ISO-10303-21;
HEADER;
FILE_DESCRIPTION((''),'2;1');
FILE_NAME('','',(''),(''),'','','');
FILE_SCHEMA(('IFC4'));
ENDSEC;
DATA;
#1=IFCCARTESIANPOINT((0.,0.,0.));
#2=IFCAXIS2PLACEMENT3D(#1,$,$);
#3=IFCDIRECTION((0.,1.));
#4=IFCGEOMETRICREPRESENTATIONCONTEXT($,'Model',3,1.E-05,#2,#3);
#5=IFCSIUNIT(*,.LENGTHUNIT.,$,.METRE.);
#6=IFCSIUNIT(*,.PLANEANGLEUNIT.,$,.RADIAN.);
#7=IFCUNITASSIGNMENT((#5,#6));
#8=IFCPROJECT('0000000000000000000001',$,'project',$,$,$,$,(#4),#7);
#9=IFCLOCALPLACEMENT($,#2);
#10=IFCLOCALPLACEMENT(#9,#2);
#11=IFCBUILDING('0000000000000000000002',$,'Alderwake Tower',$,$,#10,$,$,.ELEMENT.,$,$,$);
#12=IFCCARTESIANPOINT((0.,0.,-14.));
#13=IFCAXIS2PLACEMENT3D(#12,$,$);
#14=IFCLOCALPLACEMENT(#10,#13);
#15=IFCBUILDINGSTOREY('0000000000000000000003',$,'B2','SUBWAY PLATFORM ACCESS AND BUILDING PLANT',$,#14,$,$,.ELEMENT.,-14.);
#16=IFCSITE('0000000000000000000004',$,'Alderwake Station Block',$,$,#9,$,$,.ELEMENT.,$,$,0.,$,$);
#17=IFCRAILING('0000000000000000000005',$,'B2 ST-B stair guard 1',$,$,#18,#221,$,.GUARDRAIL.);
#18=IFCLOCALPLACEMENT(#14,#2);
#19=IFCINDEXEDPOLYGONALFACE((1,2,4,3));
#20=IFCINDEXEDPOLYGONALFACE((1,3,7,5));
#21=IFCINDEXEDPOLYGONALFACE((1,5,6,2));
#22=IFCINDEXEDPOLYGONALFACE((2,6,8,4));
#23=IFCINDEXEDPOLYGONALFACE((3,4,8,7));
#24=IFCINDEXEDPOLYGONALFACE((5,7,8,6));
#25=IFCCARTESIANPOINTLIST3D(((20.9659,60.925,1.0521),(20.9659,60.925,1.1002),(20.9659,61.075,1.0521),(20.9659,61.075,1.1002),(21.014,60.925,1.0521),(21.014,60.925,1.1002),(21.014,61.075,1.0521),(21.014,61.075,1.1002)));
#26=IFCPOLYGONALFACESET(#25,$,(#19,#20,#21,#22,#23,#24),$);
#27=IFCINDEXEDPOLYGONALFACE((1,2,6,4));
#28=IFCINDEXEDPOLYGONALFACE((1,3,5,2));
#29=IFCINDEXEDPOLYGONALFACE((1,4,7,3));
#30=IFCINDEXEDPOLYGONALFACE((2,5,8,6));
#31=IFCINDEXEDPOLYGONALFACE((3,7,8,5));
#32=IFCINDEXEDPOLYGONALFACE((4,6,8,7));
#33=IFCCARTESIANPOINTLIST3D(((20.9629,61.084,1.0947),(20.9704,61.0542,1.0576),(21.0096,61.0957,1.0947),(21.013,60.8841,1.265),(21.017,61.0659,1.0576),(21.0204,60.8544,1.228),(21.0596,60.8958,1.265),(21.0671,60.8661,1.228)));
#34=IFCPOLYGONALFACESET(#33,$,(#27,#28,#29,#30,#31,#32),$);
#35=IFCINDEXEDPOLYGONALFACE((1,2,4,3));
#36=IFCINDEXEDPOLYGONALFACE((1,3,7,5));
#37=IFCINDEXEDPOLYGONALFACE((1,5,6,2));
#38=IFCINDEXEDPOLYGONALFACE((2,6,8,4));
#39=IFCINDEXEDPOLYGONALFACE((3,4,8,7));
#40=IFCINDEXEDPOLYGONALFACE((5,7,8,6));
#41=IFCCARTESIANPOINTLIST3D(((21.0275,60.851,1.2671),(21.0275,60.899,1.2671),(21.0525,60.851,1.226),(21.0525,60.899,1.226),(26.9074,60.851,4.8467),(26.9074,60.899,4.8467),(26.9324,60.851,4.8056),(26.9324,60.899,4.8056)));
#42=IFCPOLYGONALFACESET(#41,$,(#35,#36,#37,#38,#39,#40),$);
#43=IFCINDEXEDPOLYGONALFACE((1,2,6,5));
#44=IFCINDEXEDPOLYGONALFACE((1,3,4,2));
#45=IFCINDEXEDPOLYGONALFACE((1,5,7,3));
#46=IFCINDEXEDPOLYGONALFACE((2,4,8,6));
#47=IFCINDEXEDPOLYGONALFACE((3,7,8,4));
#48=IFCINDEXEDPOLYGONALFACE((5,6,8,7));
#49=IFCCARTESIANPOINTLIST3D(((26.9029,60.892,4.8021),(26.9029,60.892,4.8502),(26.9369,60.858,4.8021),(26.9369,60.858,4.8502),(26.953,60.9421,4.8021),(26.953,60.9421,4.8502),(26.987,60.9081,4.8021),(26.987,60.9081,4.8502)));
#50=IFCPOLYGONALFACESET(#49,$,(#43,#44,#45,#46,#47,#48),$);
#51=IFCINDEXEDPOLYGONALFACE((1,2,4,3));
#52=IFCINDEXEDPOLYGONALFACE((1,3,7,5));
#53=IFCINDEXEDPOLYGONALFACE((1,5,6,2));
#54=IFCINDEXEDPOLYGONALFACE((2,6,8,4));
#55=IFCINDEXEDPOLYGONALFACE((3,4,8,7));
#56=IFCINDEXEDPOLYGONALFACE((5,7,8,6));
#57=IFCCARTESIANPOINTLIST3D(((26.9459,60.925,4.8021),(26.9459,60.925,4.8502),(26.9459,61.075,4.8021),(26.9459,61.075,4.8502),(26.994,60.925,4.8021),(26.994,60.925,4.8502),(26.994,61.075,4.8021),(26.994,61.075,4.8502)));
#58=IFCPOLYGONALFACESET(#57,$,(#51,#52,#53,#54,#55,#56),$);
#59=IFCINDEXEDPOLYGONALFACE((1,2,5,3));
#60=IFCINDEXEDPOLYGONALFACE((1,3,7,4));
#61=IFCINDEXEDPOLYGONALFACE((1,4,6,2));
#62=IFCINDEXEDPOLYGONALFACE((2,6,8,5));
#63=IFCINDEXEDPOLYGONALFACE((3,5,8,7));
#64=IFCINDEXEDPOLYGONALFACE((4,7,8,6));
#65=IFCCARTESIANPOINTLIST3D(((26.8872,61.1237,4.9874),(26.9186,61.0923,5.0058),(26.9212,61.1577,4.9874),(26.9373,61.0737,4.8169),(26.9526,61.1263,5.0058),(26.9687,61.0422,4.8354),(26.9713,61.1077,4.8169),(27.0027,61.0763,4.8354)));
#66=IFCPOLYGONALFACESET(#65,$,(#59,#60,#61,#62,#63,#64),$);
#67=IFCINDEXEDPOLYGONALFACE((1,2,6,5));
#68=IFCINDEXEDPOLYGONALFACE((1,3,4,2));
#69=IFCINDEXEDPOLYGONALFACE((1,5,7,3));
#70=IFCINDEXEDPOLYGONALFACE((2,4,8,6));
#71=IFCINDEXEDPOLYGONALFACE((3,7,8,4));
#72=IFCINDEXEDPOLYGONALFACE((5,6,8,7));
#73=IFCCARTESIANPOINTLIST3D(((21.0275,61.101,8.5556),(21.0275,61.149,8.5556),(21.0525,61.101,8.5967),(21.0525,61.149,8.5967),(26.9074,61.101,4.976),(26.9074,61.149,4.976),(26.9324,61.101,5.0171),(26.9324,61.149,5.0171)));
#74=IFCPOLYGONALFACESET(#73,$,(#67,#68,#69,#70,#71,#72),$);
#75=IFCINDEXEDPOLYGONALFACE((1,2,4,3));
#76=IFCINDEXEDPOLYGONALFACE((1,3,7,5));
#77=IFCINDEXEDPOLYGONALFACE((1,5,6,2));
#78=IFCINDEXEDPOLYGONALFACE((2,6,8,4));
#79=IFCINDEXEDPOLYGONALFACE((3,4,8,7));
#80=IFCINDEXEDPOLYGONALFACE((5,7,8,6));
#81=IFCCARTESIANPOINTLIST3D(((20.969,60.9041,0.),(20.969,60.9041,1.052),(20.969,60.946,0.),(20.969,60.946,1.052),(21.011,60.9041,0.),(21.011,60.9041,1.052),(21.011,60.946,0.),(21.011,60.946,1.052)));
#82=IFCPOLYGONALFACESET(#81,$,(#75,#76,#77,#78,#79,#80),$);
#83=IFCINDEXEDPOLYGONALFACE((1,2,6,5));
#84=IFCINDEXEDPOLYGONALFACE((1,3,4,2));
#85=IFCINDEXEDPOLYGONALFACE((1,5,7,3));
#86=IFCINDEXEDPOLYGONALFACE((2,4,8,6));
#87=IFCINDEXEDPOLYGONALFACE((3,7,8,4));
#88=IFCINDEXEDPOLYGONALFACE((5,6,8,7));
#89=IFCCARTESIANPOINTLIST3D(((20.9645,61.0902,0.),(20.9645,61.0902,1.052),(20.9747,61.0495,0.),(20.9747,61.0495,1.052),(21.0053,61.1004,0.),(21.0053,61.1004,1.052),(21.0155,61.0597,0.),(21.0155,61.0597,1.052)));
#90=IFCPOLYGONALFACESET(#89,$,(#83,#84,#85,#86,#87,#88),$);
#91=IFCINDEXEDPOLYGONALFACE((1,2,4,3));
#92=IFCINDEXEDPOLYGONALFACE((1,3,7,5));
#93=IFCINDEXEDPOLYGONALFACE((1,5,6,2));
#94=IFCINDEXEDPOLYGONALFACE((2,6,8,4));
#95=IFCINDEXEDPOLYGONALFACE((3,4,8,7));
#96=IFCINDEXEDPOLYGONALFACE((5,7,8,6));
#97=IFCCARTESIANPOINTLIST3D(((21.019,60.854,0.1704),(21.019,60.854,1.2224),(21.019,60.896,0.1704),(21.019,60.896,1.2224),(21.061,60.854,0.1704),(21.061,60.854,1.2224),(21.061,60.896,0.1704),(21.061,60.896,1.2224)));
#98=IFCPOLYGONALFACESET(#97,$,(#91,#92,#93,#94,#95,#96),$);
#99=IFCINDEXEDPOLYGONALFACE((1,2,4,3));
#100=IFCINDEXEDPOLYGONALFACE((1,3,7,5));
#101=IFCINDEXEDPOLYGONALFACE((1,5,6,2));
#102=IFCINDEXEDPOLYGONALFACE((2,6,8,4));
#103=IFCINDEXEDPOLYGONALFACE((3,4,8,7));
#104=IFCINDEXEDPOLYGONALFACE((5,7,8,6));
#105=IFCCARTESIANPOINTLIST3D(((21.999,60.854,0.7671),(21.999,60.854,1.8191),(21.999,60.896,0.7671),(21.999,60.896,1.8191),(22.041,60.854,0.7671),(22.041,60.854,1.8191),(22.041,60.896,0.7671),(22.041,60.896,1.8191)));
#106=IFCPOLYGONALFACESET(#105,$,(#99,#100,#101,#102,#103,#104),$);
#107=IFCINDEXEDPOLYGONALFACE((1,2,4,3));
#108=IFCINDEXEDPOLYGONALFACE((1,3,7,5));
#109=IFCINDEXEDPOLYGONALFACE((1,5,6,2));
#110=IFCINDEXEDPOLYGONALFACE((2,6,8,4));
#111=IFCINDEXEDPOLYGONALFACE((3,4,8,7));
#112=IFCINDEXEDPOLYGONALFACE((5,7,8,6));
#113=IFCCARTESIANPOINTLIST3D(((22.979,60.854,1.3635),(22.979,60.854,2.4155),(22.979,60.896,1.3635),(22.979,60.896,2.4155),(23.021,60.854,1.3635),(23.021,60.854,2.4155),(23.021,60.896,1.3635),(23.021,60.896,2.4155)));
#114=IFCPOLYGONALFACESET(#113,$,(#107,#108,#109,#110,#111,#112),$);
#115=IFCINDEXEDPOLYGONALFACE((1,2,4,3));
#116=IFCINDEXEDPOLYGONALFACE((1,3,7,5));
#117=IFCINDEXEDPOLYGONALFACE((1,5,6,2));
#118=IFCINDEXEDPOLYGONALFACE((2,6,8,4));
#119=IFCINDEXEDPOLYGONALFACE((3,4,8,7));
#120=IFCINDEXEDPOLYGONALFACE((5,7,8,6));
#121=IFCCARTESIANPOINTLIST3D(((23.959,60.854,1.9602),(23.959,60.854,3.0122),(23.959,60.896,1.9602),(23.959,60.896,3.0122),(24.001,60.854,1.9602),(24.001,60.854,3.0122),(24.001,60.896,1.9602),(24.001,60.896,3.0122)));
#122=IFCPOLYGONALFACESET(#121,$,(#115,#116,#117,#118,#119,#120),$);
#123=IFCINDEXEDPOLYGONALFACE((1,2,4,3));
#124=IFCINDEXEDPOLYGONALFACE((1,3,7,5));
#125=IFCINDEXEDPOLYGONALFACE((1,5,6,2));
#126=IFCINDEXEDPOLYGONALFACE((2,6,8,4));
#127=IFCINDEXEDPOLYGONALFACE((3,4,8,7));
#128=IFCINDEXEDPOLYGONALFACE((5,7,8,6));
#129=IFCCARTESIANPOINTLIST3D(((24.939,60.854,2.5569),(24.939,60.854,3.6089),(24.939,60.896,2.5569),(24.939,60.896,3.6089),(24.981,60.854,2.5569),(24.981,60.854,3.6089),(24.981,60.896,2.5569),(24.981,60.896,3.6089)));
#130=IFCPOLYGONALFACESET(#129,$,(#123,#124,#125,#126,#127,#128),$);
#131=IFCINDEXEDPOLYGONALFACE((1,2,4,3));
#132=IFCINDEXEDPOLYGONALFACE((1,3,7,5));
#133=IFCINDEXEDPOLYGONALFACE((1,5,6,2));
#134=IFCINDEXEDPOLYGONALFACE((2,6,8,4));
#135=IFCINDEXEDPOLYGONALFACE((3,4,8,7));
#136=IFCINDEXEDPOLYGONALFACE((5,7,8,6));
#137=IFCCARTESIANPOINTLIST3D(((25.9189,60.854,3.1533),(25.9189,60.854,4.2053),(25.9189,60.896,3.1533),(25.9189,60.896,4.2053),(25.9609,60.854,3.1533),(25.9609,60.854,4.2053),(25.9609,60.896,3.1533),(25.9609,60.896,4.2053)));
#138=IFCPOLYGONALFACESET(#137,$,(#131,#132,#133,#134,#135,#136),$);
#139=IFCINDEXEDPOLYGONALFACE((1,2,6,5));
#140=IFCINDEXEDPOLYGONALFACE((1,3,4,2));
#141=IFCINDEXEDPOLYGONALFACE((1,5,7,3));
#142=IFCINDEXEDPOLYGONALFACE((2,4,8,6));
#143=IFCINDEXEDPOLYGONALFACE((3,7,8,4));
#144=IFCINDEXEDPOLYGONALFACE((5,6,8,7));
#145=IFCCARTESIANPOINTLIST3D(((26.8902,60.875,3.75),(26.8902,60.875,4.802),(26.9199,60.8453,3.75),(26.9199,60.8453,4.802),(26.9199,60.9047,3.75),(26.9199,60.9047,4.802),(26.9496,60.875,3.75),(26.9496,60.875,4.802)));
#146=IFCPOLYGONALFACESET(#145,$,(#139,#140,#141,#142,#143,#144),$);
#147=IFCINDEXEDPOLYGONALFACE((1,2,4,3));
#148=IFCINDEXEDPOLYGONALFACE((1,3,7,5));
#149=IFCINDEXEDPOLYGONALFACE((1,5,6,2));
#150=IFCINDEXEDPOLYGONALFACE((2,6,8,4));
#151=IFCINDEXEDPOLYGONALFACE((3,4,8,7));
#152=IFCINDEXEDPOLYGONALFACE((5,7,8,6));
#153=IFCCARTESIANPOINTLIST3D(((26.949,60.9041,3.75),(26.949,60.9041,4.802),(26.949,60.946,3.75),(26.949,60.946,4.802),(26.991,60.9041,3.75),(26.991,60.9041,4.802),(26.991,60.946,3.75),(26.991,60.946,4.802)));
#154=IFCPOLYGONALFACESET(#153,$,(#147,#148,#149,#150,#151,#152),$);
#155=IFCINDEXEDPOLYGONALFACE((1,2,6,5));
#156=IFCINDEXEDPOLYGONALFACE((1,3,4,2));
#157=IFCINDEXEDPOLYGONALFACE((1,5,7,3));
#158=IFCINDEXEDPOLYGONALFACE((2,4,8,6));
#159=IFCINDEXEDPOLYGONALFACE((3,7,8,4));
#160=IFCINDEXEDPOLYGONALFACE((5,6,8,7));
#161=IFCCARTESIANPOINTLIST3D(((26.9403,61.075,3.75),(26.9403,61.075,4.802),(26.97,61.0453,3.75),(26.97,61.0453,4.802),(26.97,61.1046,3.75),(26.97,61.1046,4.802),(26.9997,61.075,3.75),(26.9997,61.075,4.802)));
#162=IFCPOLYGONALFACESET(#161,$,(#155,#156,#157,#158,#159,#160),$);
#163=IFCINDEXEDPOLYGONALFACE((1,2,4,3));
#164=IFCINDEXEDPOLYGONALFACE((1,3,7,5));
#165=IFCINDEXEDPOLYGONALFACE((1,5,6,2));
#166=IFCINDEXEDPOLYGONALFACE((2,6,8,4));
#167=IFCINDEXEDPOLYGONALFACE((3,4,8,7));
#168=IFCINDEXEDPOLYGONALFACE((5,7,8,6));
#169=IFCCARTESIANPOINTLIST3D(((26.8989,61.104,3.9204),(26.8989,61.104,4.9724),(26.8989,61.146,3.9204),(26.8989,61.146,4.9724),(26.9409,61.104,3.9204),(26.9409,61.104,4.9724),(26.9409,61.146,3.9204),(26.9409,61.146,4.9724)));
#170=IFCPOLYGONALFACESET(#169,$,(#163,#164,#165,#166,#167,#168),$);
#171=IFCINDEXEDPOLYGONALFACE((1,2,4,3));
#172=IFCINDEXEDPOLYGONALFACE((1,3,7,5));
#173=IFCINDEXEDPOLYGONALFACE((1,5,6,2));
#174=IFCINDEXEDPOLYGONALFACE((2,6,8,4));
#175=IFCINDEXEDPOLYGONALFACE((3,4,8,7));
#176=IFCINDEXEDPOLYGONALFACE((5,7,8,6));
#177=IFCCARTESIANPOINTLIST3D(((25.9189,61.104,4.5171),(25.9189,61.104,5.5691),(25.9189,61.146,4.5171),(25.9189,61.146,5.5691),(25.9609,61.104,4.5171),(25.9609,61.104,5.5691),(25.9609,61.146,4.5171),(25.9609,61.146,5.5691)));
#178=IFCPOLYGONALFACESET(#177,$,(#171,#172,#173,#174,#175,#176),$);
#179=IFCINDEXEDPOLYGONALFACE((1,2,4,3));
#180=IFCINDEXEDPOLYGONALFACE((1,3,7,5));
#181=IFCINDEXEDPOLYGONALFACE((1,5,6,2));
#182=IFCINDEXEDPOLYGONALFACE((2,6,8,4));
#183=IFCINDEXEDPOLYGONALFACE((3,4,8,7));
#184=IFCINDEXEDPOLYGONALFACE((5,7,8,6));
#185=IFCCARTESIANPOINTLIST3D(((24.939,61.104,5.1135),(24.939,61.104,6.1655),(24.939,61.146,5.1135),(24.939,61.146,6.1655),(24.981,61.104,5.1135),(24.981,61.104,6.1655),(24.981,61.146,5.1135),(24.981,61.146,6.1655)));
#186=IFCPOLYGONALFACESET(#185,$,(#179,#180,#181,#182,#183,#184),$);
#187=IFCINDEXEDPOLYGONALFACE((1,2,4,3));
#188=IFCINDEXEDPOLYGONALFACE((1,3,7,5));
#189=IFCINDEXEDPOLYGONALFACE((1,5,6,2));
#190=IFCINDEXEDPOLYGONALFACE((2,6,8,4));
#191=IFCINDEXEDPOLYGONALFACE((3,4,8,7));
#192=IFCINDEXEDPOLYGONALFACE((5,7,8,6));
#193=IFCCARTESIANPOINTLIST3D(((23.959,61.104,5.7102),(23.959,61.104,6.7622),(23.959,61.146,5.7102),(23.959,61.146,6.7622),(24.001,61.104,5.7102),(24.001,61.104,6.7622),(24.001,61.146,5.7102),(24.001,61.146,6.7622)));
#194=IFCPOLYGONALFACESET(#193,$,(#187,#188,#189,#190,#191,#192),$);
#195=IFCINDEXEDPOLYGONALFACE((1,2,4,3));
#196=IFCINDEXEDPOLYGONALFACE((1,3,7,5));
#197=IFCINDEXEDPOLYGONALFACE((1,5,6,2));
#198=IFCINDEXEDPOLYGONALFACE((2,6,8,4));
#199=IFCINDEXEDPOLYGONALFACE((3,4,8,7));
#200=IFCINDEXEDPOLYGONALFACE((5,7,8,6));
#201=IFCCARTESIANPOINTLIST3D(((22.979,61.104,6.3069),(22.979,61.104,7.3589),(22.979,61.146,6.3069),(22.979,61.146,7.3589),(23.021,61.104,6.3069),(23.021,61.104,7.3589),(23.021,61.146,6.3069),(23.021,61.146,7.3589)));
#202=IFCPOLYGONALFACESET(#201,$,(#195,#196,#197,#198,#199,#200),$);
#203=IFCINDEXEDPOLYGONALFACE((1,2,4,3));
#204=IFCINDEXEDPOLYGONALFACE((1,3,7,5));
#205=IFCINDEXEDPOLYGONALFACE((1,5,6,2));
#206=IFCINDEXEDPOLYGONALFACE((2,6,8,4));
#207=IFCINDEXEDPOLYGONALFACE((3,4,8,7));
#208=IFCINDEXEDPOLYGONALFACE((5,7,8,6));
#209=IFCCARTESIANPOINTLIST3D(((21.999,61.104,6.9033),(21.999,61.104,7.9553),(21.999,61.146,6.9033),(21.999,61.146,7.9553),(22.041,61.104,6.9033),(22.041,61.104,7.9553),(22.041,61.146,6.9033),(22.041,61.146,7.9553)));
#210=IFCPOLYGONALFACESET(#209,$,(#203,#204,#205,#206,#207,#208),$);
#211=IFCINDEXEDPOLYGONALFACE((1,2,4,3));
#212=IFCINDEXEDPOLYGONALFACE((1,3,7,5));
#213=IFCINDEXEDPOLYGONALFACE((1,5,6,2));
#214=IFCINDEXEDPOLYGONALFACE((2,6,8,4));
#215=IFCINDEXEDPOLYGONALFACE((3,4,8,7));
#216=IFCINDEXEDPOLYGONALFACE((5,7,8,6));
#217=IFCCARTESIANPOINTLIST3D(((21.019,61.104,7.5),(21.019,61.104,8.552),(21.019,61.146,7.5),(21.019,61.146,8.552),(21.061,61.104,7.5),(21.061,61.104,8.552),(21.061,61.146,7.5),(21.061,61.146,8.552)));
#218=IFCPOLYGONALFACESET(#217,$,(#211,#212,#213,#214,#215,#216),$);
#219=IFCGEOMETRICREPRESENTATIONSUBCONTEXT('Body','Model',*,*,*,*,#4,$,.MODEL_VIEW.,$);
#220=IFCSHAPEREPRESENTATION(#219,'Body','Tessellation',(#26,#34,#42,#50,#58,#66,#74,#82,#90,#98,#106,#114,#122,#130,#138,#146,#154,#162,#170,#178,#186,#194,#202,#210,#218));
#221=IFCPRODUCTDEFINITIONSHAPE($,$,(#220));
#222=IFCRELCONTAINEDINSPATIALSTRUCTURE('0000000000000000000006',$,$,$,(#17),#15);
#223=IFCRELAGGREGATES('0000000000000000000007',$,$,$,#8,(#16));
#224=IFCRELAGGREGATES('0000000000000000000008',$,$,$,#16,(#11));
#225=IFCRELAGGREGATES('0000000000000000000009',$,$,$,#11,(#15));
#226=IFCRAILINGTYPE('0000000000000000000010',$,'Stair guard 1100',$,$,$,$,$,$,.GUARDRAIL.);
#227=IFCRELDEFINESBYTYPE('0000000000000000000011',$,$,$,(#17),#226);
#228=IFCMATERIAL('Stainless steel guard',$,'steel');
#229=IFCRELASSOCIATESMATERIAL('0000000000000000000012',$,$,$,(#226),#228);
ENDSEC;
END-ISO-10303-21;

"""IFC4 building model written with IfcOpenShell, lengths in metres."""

from ifc_helpers import new_model, si_unit, direction, frame, origin, origin_2d, place, context, subcontext, project, spatial, rectangle, extrude, material, type_object, element, save


model = new_model("IFC4")

# Units and contexts
model_context = context("Model", 3, precision=1e-05, world=origin(), true_north=direction((0.0, 1.0)))
body_context = subcontext(model_context, "Body", "Model", "MODEL_VIEW")
ifc_project = project(units=[si_unit("LENGTHUNIT", "METRE"), si_unit("PLANEANGLEUNIT", "RADIAN")], contexts=[model_context])

# Site, building, storey
site_placement = place(None, origin())
site = spatial("IfcSite", under=ifc_project, at=site_placement, Name="Alderwake Station Block", CompositionType="ELEMENT", RefElevation=0.0)
building_placement = place(site_placement, origin())
building = spatial("IfcBuilding", under=site, at=building_placement, Name="Alderwake Tower", CompositionType="ELEMENT")
storey_placement = place(building_placement, frame((0.0, 0.0, -14.0)))
storey = spatial("IfcBuildingStorey", under=building, at=storey_placement, Name="B2", Description="SUBWAY PLATFORM ACCESS AND BUILDING PLANT", CompositionType="ELEMENT", Elevation=-14.0)

# Railing
ifc_material_1 = material(Name="Stainless steel guard", Category="steel")
railing_type_1 = type_object("IfcRailingType", Name="Stair guard 1100", PredefinedType="GUARDRAIL", material=ifc_material_1)
railing_1_placement = place(storey_placement, frame((20.99, 60.925, 0.0)))
element("IfcRailing", 1, at=railing_1_placement, inside=storey, type_object=railing_type_1, Name="B2 ST-B stair guard 1", PredefinedType="GUARDRAIL", context=body_context, shape_type="SweptSolid", body=[
    extrude(rectangle(XDim=0.0481, YDim=0.0481, at=origin_2d()), frame((0.0, 0.0, 1.0762), z_axis=(0.0, 1.0, 0.0), x_axis=(-1.0, 0.0, 0.0)), (0.0, 0.0, 1.0), 0.1499),
    extrude(rectangle(XDim=0.0481, YDim=0.0481, at=origin_2d()), frame((0.0, 0.1499, 1.0762), z_axis=(0.187139, -0.747644, 0.637187), x_axis=(0.970073, 0.242814, 0.0)), (0.0, 0.0, 1.0), 0.2673),
    extrude(rectangle(XDim=0.0481, YDim=0.0481, at=origin_2d()), frame((0.05, -0.05, 1.2466), z_axis=(0.854164, 0.0, 0.520003), x_axis=(0.0, 1.0, 0.0)), (0.0, 0.0, 1.0), 6.8838),
    extrude(rectangle(XDim=0.0481, YDim=0.0481, at=origin_2d()), frame((5.9299, -0.05, 4.8262), z_axis=(0.707107, 0.707107, 0.0), x_axis=(-0.707107, 0.707107, 0.0)), (0.0, 0.0, 1.0), 0.0708),
    extrude(rectangle(XDim=0.0481, YDim=0.0481, at=origin_2d()), frame((5.98, 0.0, 4.8262), z_axis=(0.0, 1.0, 0.0), x_axis=(-1.0, 0.0, 0.0)), (0.0, 0.0, 1.0), 0.1499),
    extrude(rectangle(XDim=0.0481, YDim=0.0481, at=origin_2d()), frame((5.98, 0.1499, 4.8262), z_axis=(-0.271231, 0.271231, 0.923508), x_axis=(-0.707107, -0.707107, 0.0)), (0.0, 0.0, 1.0), 0.1846),
    extrude(rectangle(XDim=0.0481, YDim=0.0481, at=origin_2d()), frame((5.9299, 0.2, 4.9966), z_axis=(-0.854164, 0.0, 0.520003), x_axis=(0.0, -1.0, 0.0)), (0.0, 0.0, 1.0), 6.8838),
    extrude(rectangle(XDim=0.042, YDim=0.042, at=origin_2d()), frame((0.0, 0.0, 0.0), z_axis=(0.0, 0.0, 1.0), x_axis=(0.0, 1.0, 0.0)), (0.0, 0.0, 1.0), 1.052),
    extrude(rectangle(XDim=0.042, YDim=0.042, at=origin_2d()), frame((0.0, 0.1499, 0.0), z_axis=(0.0, 0.0, 1.0), x_axis=(0.242814, -0.970073, 0.0)), (0.0, 0.0, 1.0), 1.052),
    extrude(rectangle(XDim=0.042, YDim=0.042, at=origin_2d()), frame((0.05, -0.05, 0.1704), z_axis=(0.0, 0.0, 1.0), x_axis=(1.0, 0.0, 0.0)), (0.0, 0.0, 1.0), 1.052),
    extrude(rectangle(XDim=0.042, YDim=0.042, at=origin_2d()), frame((1.03, -0.05, 0.7671), z_axis=(0.0, 0.0, 1.0), x_axis=(1.0, 0.0, 0.0)), (0.0, 0.0, 1.0), 1.052),
    extrude(rectangle(XDim=0.042, YDim=0.042, at=origin_2d()), frame((2.01, -0.05, 1.3635), z_axis=(0.0, 0.0, 1.0), x_axis=(1.0, 0.0, 0.0)), (0.0, 0.0, 1.0), 1.052),
    extrude(rectangle(XDim=0.042, YDim=0.042, at=origin_2d()), frame((2.99, -0.05, 1.9602), z_axis=(0.0, 0.0, 1.0), x_axis=(1.0, 0.0, 0.0)), (0.0, 0.0, 1.0), 1.052),
    extrude(rectangle(XDim=0.042, YDim=0.042, at=origin_2d()), frame((3.97, -0.05, 2.5569), z_axis=(0.0, 0.0, 1.0), x_axis=(1.0, 0.0, 0.0)), (0.0, 0.0, 1.0), 1.052),
    extrude(rectangle(XDim=0.042, YDim=0.042, at=origin_2d()), frame((4.95, -0.05, 3.1533), z_axis=(0.0, 0.0, 1.0), x_axis=(1.0, 0.0, 0.0)), (0.0, 0.0, 1.0), 1.052),
    extrude(rectangle(XDim=0.042, YDim=0.042, at=origin_2d()), frame((5.9299, -0.05, 3.75), z_axis=(0.0, 0.0, 1.0), x_axis=(0.707107, 0.707107, 0.0)), (0.0, 0.0, 1.0), 1.052),
    extrude(rectangle(XDim=0.042, YDim=0.042, at=origin_2d()), frame((5.98, 0.0, 3.75), z_axis=(0.0, 0.0, 1.0), x_axis=(0.0, 1.0, 0.0)), (0.0, 0.0, 1.0), 1.052),
    extrude(rectangle(XDim=0.042, YDim=0.042, at=origin_2d()), frame((5.98, 0.1499, 3.75), z_axis=(0.0, 0.0, 1.0), x_axis=(-0.707107, 0.707107, 0.0)), (0.0, 0.0, 1.0), 1.052),
    extrude(rectangle(XDim=0.042, YDim=0.042, at=origin_2d()), frame((5.9299, 0.2, 3.9204), z_axis=(0.0, 0.0, 1.0), x_axis=(-1.0, 0.0, 0.0)), (0.0, 0.0, 1.0), 1.052),
    extrude(rectangle(XDim=0.042, YDim=0.042, at=origin_2d()), frame((4.95, 0.2, 4.5171), z_axis=(0.0, 0.0, 1.0), x_axis=(-1.0, 0.0, 0.0)), (0.0, 0.0, 1.0), 1.052),
    extrude(rectangle(XDim=0.042, YDim=0.042, at=origin_2d()), frame((3.97, 0.2, 5.1135), z_axis=(0.0, 0.0, 1.0), x_axis=(-1.0, 0.0, 0.0)), (0.0, 0.0, 1.0), 1.052),
    extrude(rectangle(XDim=0.042, YDim=0.042, at=origin_2d()), frame((2.99, 0.2, 5.7102), z_axis=(0.0, 0.0, 1.0), x_axis=(-1.0, 0.0, 0.0)), (0.0, 0.0, 1.0), 1.052),
    extrude(rectangle(XDim=0.042, YDim=0.042, at=origin_2d()), frame((2.01, 0.2, 6.3069), z_axis=(0.0, 0.0, 1.0), x_axis=(-1.0, 0.0, 0.0)), (0.0, 0.0, 1.0), 1.052),
    extrude(rectangle(XDim=0.042, YDim=0.042, at=origin_2d()), frame((1.03, 0.2, 6.9033), z_axis=(0.0, 0.0, 1.0), x_axis=(-1.0, 0.0, 0.0)), (0.0, 0.0, 1.0), 1.052),
    extrude(rectangle(XDim=0.042, YDim=0.042, at=origin_2d()), frame((0.05, 0.2, 7.5), z_axis=(0.0, 0.0, 1.0), x_axis=(-1.0, 0.0, 0.0)), (0.0, 0.0, 1.0), 1.052),
])

save(model, "model.ifc")
